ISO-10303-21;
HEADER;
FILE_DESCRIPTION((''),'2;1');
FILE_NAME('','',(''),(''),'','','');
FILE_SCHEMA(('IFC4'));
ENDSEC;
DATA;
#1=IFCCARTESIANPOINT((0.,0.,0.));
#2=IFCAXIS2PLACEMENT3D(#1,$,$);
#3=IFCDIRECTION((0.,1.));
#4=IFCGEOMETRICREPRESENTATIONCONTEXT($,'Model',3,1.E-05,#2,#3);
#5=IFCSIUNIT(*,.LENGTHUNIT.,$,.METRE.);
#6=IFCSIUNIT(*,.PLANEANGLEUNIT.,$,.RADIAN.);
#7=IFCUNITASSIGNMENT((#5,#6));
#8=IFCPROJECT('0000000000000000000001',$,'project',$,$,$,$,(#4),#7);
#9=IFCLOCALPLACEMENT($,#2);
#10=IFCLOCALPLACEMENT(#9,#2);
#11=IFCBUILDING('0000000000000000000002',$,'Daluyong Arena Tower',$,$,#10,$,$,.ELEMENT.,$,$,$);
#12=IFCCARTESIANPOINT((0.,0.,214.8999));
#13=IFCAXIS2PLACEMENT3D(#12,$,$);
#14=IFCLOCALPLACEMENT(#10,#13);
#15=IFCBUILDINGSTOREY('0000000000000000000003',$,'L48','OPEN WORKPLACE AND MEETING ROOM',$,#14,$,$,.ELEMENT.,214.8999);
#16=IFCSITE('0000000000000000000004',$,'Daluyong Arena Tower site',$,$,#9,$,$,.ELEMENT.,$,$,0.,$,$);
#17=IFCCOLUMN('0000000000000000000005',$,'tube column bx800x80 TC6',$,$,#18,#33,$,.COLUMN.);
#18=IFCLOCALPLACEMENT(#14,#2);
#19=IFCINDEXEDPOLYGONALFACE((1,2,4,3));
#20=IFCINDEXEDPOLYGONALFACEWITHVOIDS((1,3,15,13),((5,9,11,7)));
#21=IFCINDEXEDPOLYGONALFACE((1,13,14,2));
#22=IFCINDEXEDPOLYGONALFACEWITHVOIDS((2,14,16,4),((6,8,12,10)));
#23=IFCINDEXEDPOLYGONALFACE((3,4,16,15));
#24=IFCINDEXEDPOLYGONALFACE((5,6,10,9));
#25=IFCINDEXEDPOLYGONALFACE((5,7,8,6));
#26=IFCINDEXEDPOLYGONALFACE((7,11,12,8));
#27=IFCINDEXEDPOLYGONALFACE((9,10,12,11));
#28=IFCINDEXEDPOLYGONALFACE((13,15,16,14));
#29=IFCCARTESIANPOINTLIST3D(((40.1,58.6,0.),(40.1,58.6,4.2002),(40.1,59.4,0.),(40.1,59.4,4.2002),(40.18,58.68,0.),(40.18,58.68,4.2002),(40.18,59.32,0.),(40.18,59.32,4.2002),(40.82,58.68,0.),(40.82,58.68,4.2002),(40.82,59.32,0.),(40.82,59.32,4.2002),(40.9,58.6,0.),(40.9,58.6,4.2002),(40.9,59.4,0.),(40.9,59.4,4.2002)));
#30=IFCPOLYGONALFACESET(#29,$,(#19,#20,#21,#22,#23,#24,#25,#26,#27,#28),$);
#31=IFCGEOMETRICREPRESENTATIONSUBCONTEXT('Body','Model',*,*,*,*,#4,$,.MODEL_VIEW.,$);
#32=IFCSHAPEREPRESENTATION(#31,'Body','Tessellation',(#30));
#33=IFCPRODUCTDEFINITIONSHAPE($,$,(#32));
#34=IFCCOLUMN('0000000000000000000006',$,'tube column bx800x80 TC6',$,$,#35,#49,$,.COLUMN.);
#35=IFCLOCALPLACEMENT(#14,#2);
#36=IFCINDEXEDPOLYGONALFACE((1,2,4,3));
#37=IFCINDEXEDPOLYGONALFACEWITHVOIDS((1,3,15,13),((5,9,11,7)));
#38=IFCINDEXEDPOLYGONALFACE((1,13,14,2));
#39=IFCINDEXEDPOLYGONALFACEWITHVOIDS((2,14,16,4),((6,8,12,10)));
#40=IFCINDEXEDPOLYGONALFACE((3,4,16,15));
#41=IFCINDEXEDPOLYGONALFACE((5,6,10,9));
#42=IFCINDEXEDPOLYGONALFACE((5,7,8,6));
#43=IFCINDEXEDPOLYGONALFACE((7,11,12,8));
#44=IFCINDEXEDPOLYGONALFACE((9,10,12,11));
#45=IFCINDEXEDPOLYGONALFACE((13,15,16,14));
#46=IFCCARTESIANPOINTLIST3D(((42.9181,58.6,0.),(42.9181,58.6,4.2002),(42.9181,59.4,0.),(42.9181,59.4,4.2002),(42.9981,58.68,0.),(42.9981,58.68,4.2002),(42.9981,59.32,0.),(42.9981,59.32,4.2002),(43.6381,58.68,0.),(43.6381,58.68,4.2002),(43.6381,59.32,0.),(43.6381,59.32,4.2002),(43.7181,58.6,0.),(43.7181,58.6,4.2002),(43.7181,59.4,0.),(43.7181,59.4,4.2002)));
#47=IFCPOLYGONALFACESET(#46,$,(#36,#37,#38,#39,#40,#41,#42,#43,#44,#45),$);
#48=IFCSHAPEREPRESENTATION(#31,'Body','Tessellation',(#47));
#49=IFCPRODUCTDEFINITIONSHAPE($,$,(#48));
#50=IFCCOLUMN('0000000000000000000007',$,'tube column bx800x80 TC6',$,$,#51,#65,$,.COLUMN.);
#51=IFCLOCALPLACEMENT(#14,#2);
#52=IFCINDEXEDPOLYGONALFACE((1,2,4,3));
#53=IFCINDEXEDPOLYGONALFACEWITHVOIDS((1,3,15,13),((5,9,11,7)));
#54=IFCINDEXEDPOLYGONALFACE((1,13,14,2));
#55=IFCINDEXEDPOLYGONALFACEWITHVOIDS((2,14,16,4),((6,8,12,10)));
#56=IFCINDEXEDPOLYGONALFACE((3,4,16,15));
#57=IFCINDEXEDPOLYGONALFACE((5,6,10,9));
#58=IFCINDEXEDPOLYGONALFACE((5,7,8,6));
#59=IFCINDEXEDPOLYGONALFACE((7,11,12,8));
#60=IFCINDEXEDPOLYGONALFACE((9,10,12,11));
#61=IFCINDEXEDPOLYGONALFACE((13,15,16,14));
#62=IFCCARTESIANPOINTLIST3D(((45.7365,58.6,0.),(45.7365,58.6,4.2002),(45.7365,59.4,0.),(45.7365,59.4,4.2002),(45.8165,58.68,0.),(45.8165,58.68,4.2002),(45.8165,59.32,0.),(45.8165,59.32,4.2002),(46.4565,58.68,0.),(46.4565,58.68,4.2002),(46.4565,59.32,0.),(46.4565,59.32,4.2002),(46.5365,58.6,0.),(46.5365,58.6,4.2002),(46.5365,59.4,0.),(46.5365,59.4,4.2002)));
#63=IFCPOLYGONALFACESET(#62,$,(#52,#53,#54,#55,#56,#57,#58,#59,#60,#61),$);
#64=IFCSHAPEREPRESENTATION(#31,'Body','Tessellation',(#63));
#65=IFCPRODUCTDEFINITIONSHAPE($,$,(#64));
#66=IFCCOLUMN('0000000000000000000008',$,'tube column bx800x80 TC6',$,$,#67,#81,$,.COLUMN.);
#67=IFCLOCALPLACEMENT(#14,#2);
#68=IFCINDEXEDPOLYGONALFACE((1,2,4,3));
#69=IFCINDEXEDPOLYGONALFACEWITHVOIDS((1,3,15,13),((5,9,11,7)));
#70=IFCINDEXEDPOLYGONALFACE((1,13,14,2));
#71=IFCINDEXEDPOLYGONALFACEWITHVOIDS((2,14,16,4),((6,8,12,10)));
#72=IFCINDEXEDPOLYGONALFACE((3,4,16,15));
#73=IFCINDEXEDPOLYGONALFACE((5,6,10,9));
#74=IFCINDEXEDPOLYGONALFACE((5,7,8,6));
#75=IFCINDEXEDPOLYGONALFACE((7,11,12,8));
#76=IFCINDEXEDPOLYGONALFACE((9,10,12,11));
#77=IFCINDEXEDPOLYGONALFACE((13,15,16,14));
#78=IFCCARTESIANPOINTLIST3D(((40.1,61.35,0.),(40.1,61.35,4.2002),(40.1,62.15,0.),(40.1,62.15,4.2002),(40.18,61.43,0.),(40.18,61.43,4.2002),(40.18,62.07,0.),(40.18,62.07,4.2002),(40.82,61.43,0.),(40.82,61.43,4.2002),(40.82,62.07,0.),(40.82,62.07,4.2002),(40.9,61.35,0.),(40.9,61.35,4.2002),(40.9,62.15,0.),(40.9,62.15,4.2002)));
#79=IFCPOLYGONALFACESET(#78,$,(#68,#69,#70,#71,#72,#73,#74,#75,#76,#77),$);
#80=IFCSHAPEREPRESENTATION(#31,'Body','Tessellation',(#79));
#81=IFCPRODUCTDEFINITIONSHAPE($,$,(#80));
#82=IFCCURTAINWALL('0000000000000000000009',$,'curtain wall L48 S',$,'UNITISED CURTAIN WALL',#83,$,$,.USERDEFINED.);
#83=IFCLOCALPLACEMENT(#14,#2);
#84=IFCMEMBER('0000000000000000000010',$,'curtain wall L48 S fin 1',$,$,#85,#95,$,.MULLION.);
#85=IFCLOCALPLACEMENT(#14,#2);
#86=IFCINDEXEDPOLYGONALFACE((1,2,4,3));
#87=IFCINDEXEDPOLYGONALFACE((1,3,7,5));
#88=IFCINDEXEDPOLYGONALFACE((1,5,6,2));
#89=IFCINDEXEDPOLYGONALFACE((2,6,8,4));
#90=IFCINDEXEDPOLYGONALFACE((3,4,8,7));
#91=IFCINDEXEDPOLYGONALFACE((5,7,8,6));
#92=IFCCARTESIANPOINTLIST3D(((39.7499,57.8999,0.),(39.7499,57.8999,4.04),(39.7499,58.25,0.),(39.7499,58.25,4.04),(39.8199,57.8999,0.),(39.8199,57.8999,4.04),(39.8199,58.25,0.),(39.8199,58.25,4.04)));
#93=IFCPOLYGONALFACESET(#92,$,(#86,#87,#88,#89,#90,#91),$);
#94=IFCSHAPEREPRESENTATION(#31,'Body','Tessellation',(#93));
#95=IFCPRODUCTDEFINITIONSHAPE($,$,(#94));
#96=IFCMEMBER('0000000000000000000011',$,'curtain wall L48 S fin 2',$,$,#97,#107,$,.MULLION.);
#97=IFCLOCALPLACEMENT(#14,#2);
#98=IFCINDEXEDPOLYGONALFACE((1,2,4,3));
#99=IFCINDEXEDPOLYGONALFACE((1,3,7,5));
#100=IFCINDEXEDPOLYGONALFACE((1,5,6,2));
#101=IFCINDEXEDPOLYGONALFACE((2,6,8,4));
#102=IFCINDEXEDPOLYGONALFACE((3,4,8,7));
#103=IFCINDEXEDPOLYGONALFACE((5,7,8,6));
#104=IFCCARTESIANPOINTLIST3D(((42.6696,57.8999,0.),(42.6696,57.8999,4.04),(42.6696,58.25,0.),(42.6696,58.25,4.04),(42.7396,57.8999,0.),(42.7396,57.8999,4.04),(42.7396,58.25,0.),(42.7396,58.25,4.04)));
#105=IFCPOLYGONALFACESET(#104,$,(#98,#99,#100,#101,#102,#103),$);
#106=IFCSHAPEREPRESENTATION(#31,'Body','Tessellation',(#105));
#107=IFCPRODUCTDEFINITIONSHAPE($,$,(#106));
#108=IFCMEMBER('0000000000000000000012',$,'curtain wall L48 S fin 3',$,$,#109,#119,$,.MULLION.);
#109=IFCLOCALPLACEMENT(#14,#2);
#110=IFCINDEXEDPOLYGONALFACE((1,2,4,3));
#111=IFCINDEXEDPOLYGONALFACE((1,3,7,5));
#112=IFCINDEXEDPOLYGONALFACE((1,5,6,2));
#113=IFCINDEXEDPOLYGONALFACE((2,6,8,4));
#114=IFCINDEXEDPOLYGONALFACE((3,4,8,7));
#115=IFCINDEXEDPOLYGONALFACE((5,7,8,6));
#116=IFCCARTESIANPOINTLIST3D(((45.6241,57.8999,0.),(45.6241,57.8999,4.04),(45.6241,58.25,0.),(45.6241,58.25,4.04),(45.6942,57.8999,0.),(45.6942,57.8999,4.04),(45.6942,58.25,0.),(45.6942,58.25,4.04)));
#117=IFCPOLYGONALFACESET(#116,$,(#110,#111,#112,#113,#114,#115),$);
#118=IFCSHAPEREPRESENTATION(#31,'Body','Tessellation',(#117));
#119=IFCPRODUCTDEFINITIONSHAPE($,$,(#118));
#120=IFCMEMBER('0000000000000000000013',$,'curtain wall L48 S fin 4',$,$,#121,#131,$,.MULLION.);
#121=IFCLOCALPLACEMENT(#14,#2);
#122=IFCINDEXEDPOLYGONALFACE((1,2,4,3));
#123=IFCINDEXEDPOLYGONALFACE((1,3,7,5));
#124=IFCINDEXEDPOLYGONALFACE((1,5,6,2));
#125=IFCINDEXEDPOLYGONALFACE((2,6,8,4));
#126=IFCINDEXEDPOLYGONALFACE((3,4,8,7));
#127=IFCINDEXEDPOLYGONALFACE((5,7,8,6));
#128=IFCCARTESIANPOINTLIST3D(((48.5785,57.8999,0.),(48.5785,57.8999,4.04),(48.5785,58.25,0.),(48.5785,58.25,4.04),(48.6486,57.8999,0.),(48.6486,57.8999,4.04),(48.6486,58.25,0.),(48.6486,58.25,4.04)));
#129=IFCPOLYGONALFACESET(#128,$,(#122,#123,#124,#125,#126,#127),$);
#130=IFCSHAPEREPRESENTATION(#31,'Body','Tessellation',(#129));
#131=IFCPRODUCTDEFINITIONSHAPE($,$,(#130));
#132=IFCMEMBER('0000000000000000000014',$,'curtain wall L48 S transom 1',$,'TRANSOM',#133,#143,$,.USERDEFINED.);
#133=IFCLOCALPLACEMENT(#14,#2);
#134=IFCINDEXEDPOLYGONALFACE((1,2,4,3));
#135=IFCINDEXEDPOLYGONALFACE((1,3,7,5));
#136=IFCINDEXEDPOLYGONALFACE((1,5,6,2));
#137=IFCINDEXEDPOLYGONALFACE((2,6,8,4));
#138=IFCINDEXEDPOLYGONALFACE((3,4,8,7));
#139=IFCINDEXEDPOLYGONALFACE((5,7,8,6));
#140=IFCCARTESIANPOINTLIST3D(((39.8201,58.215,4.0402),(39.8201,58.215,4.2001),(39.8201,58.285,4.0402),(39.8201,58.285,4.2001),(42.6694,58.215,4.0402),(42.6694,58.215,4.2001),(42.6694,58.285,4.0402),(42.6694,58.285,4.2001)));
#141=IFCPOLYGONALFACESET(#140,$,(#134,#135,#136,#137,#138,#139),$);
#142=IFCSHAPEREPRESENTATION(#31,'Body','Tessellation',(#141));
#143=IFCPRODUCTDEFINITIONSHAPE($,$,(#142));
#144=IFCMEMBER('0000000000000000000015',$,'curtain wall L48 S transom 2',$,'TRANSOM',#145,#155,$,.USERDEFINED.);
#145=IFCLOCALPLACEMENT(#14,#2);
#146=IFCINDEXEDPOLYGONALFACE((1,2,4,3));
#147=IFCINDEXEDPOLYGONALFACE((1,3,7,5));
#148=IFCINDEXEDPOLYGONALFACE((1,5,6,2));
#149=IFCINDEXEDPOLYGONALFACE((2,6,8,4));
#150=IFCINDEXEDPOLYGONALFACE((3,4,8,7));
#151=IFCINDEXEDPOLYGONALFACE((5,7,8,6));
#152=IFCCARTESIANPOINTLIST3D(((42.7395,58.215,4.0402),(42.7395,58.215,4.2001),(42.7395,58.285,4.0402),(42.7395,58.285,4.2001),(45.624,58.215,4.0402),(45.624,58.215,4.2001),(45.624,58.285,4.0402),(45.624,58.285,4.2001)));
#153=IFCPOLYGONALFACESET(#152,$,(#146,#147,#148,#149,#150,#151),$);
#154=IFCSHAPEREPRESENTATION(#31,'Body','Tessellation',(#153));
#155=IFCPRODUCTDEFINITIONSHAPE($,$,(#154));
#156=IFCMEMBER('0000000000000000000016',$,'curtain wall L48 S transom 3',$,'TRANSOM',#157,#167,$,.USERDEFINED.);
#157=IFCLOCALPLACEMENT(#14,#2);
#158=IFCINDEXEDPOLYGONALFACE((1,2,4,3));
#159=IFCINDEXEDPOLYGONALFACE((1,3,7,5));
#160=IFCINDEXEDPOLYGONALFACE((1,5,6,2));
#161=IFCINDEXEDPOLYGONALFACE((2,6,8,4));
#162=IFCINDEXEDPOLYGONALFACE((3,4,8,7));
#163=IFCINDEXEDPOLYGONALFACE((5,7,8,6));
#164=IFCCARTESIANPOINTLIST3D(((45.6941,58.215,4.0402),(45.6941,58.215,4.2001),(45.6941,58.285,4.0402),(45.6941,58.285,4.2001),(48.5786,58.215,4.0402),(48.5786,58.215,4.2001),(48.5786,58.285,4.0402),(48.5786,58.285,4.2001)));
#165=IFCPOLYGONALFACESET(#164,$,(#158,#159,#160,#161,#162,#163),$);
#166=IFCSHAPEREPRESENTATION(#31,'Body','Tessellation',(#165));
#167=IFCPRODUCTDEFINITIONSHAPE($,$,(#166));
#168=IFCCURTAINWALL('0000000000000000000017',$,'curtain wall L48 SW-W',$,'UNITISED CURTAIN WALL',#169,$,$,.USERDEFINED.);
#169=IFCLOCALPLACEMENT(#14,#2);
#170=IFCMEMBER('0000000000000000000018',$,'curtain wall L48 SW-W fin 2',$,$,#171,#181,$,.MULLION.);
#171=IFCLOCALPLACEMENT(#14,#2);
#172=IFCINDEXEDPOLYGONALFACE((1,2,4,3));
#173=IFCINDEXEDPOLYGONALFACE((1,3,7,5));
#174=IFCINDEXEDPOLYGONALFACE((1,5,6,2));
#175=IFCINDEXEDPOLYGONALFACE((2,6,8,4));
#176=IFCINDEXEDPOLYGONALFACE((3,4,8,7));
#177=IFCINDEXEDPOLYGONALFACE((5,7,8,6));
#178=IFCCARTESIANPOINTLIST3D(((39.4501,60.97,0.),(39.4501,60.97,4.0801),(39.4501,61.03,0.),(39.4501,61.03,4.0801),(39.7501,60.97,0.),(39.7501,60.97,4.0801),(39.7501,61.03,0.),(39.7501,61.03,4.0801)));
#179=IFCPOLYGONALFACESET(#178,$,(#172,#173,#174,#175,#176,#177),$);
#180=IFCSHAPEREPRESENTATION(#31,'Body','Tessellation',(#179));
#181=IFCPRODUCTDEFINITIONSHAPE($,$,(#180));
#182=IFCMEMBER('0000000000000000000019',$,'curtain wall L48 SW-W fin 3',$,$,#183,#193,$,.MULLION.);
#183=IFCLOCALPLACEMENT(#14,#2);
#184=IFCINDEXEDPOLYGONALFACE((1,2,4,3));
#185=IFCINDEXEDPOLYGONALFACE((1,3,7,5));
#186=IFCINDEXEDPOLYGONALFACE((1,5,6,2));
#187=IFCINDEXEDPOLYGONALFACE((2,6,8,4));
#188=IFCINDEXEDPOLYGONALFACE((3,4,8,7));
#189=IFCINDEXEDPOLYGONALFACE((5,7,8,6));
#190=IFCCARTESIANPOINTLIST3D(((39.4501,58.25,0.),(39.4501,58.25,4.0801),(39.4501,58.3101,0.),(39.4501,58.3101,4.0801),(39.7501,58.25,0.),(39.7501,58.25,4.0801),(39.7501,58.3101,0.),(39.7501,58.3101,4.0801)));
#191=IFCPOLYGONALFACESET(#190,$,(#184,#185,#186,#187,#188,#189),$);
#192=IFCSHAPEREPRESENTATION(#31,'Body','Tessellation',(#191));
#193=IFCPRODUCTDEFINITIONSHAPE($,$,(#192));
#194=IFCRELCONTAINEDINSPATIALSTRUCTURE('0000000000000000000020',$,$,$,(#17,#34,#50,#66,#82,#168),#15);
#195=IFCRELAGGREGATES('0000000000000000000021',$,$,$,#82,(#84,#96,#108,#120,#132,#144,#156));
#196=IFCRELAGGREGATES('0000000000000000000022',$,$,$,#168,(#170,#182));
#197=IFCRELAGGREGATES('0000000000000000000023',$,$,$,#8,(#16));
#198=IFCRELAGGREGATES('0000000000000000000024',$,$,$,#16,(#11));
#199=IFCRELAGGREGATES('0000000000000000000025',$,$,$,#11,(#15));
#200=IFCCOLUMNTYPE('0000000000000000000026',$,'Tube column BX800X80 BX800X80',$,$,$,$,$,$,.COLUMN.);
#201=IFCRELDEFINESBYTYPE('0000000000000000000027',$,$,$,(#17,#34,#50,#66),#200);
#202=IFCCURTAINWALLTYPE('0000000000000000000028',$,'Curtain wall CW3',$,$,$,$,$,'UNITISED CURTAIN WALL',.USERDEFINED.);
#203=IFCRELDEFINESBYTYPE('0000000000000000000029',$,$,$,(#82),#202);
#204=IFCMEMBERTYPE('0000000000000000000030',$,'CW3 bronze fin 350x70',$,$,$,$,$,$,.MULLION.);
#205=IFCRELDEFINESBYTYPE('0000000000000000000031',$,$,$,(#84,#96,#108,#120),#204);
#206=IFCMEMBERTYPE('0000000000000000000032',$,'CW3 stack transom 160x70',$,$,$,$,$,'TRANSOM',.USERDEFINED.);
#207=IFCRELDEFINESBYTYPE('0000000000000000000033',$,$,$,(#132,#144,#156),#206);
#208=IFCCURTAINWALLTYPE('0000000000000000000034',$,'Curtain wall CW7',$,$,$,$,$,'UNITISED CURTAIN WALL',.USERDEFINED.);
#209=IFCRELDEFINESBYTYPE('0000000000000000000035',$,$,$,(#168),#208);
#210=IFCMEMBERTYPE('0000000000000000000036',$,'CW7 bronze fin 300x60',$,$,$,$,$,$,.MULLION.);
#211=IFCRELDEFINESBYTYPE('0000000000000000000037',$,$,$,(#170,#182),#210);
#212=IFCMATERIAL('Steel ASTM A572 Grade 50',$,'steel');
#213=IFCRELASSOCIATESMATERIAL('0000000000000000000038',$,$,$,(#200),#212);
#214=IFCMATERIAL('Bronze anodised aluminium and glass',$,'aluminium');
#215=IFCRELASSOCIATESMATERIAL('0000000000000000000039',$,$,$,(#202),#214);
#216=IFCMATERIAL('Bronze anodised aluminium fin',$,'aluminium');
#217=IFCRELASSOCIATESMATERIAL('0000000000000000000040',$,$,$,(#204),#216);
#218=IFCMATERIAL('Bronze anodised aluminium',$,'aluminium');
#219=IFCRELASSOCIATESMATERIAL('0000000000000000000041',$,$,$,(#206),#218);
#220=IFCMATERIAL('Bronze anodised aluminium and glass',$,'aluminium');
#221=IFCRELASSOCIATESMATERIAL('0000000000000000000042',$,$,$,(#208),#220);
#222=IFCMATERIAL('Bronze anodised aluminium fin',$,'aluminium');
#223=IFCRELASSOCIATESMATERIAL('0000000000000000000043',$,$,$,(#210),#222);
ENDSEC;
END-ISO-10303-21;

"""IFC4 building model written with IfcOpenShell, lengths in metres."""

from ifc_helpers import new_model, si_unit, direction, frame, origin, origin_2d, place, context, subcontext, project, spatial, rectangle, hollow_rectangle, extrude, material, material_profile, profile_set, type_object, element, aggregate, save


model = new_model("IFC4")

# Units and contexts
model_context = context("Model", 3, precision=1e-05, world=origin(), true_north=direction((0.0, 1.0)))
body_context = subcontext(model_context, "Body", "Model", "MODEL_VIEW")
ifc_project = project(units=[si_unit("LENGTHUNIT", "METRE"), si_unit("PLANEANGLEUNIT", "RADIAN")], contexts=[model_context])

# Site, building, storey
site_placement = place(None, origin())
site = spatial("IfcSite", under=ifc_project, at=site_placement, Name="Daluyong Arena Tower site", CompositionType="ELEMENT", RefElevation=0.0)
building_placement = place(site_placement, origin())
building = spatial("IfcBuilding", under=site, at=building_placement, Name="Daluyong Arena Tower", CompositionType="ELEMENT")
storey_placement = place(building_placement, frame((0.0, 0.0, 214.8999)))
storey = spatial("IfcBuildingStorey", under=building, at=storey_placement, Name="L48", Description="OPEN WORKPLACE AND MEETING ROOM", CompositionType="ELEMENT", Elevation=214.8999)

# Columns
ifc_material_1 = material(Name="Steel ASTM A572 Grade 50", Category="steel")
ifc_material_profile_1 = material_profile(ifc_material_1, hollow_rectangle(XDim=0.8, YDim=0.8, WallThickness=0.08, at=origin_2d()))
ifc_profile_set_1 = profile_set([ifc_material_profile_1], Name="Steel ASTM A572 Grade 50")
column_type = type_object("IfcColumnType", Name="Tube column BX800X80 BX800X80", PredefinedType="COLUMN", material=ifc_profile_set_1)
for number, where, z_axis, x_axis, name in (
    (1, (40.5, 59.0, 0.0), (0.0, 0.0, 1.0), (1.0, 0.0, 0.0), "tube column bx800x80 TC6"),
    (2, (43.3181, 59.0, 0.0), (0.0, 0.0, 1.0), (1.0, 0.0, 0.0), "tube column bx800x80 TC6"),
    (3, (46.1365, 59.0, 0.0), (0.0, 0.0, 1.0), (1.0, 0.0, 0.0), "tube column bx800x80 TC6"),
    (4, (40.5, 61.75, 0.0), (0.0, 0.0, 1.0), (0.0, 1.0, 0.0), "tube column bx800x80 TC6"),
):
    element("IfcColumn", number, at=place(storey_placement, frame(where, z_axis=z_axis, x_axis=x_axis)), inside=storey, type_object=column_type, Name=name, PredefinedType="COLUMN", context=body_context, shape_type="SweptSolid", body=[
        extrude(hollow_rectangle(XDim=0.8, YDim=0.8, WallThickness=0.08, at=origin_2d()), origin(), (0.0, 0.0, 1.0), 4.2002),
    ])

# Curtain walls, members
ifc_material_2 = material(Name="Bronze anodised aluminium and glass", Category="aluminium")
curtain_wall_type_1 = type_object("IfcCurtainWallType", Name="Curtain wall CW3", ElementType="UNITISED CURTAIN WALL", PredefinedType="USERDEFINED", material=ifc_material_2)
curtain_wall_1_placement = place(storey_placement, origin())
curtain_wall_1 = element("IfcCurtainWall", 5, at=curtain_wall_1_placement, inside=storey, type_object=curtain_wall_type_1, Name="curtain wall L48 S", ObjectType="UNITISED CURTAIN WALL", PredefinedType="USERDEFINED")
ifc_material_3 = material(Name="Bronze anodised aluminium fin", Category="aluminium")
ifc_material_profile_2 = material_profile(ifc_material_3, rectangle(XDim=0.3501, YDim=0.0701, at=origin_2d()))
ifc_profile_set_2 = profile_set([ifc_material_profile_2], Name="Bronze anodised aluminium fin")
member_type_1 = type_object("IfcMemberType", Name="CW3 bronze fin 350x70", PredefinedType="MULLION", material=ifc_profile_set_2)
member_1_placement = place(storey_placement, frame((39.7849, 58.075, 0.0), z_axis=(0.0, 0.0, 1.0), x_axis=(0.0, 1.0, 0.0)))
member_1 = element("IfcMember", 6, at=member_1_placement, type_object=member_type_1, Name="curtain wall L48 S fin 1", PredefinedType="MULLION", context=body_context, shape_type="SweptSolid", body=[
    extrude(rectangle(XDim=0.3501, YDim=0.0701, at=origin_2d()), origin(), (0.0, 0.0, 1.0), 4.04),
])
member_2_placement = place(storey_placement, frame((42.7046, 58.075, 0.0), z_axis=(0.0, 0.0, 1.0), x_axis=(0.0, 1.0, 0.0)))
member_2 = element("IfcMember", 7, at=member_2_placement, type_object=member_type_1, Name="curtain wall L48 S fin 2", PredefinedType="MULLION", context=body_context, shape_type="SweptSolid", body=[
    extrude(rectangle(XDim=0.3501, YDim=0.0701, at=origin_2d()), origin(), (0.0, 0.0, 1.0), 4.04),
])
member_3_placement = place(storey_placement, frame((45.6592, 58.075, 0.0), z_axis=(0.0, 0.0, 1.0), x_axis=(0.0, 1.0, 0.0)))
member_3 = element("IfcMember", 8, at=member_3_placement, type_object=member_type_1, Name="curtain wall L48 S fin 3", PredefinedType="MULLION", context=body_context, shape_type="SweptSolid", body=[
    extrude(rectangle(XDim=0.3501, YDim=0.0701, at=origin_2d()), origin(), (0.0, 0.0, 1.0), 4.04),
])
member_4_placement = place(storey_placement, frame((48.6135, 58.075, 0.0), z_axis=(0.0, 0.0, 1.0), x_axis=(0.0, 1.0, 0.0)))
member_4 = element("IfcMember", 9, at=member_4_placement, type_object=member_type_1, Name="curtain wall L48 S fin 4", PredefinedType="MULLION", context=body_context, shape_type="SweptSolid", body=[
    extrude(rectangle(XDim=0.3501, YDim=0.0701, at=origin_2d()), origin(), (0.0, 0.0, 1.0), 4.04),
])
ifc_material_4 = material(Name="Bronze anodised aluminium", Category="aluminium")
ifc_material_profile_3 = material_profile(ifc_material_4, rectangle(XDim=0.0701, YDim=0.1599, at=origin_2d()))
ifc_profile_set_3 = profile_set([ifc_material_profile_3], Name="Bronze anodised aluminium")
member_type_2 = type_object("IfcMemberType", Name="CW3 stack transom 160x70", ElementType="TRANSOM", PredefinedType="USERDEFINED", material=ifc_profile_set_3)
member_5_placement = place(storey_placement, frame((39.8201, 58.25, 4.1201), z_axis=(1.0, 0.0, 0.0), x_axis=(0.0, 1.0, 0.0)))
member_5 = element("IfcMember", 10, at=member_5_placement, type_object=member_type_2, Name="curtain wall L48 S transom 1", ObjectType="TRANSOM", PredefinedType="USERDEFINED", context=body_context, shape_type="SweptSolid", body=[
    extrude(rectangle(XDim=0.0701, YDim=0.1599, at=origin_2d()), origin(), (0.0, 0.0, 1.0), 2.8494),
])
member_6_placement = place(storey_placement, frame((42.7395, 58.25, 4.1201), z_axis=(1.0, 0.0, 0.0), x_axis=(0.0, 1.0, 0.0)))
member_6 = element("IfcMember", 11, at=member_6_placement, type_object=member_type_2, Name="curtain wall L48 S transom 2", ObjectType="TRANSOM", PredefinedType="USERDEFINED", context=body_context, shape_type="SweptSolid", body=[
    extrude(rectangle(XDim=0.0701, YDim=0.1599, at=origin_2d()), origin(), (0.0, 0.0, 1.0), 2.8845),
])
member_7_placement = place(storey_placement, frame((45.6941, 58.25, 4.1201), z_axis=(1.0, 0.0, 0.0), x_axis=(0.0, 1.0, 0.0)))
member_7 = element("IfcMember", 12, at=member_7_placement, type_object=member_type_2, Name="curtain wall L48 S transom 3", ObjectType="TRANSOM", PredefinedType="USERDEFINED", context=body_context, shape_type="SweptSolid", body=[
    extrude(rectangle(XDim=0.0701, YDim=0.1599, at=origin_2d()), origin(), (0.0, 0.0, 1.0), 2.8845),
])
ifc_material_5 = material(Name="Bronze anodised aluminium and glass", Category="aluminium")
curtain_wall_type_2 = type_object("IfcCurtainWallType", Name="Curtain wall CW7", ElementType="UNITISED CURTAIN WALL", PredefinedType="USERDEFINED", material=ifc_material_5)
curtain_wall_2_placement = place(storey_placement, origin())
curtain_wall_2 = element("IfcCurtainWall", 13, at=curtain_wall_2_placement, inside=storey, type_object=curtain_wall_type_2, Name="curtain wall L48 SW-W", ObjectType="UNITISED CURTAIN WALL", PredefinedType="USERDEFINED")
ifc_material_6 = material(Name="Bronze anodised aluminium fin", Category="aluminium")
ifc_material_profile_4 = material_profile(ifc_material_6, rectangle(XDim=0.3, YDim=0.0601, at=origin_2d()))
ifc_profile_set_4 = profile_set([ifc_material_profile_4], Name="Bronze anodised aluminium fin")
member_type_3 = type_object("IfcMemberType", Name="CW7 bronze fin 300x60", PredefinedType="MULLION", material=ifc_profile_set_4)
member_8_placement = place(storey_placement, frame((39.6001, 61.0, 0.0), z_axis=(0.0, 0.0, 1.0), x_axis=(1.0, 0.0, 0.0)))
member_8 = element("IfcMember", 14, at=member_8_placement, type_object=member_type_3, Name="curtain wall L48 SW-W fin 2", PredefinedType="MULLION", context=body_context, shape_type="SweptSolid", body=[
    extrude(rectangle(XDim=0.3, YDim=0.0601, at=origin_2d()), origin(), (0.0, 0.0, 1.0), 4.0801),
])
member_9_placement = place(storey_placement, frame((39.6001, 58.28, 0.0), z_axis=(0.0, 0.0, 1.0), x_axis=(1.0, 0.0, 0.0)))
member_9 = element("IfcMember", 15, at=member_9_placement, type_object=member_type_3, Name="curtain wall L48 SW-W fin 3", PredefinedType="MULLION", context=body_context, shape_type="SweptSolid", body=[
    extrude(rectangle(XDim=0.3, YDim=0.0601, at=origin_2d()), origin(), (0.0, 0.0, 1.0), 4.0801),
])

aggregate(curtain_wall_1, [member_1, member_2, member_3, member_4, member_5, member_6, member_7])
aggregate(curtain_wall_2, [member_8, member_9])

save(model, "model.ifc")
